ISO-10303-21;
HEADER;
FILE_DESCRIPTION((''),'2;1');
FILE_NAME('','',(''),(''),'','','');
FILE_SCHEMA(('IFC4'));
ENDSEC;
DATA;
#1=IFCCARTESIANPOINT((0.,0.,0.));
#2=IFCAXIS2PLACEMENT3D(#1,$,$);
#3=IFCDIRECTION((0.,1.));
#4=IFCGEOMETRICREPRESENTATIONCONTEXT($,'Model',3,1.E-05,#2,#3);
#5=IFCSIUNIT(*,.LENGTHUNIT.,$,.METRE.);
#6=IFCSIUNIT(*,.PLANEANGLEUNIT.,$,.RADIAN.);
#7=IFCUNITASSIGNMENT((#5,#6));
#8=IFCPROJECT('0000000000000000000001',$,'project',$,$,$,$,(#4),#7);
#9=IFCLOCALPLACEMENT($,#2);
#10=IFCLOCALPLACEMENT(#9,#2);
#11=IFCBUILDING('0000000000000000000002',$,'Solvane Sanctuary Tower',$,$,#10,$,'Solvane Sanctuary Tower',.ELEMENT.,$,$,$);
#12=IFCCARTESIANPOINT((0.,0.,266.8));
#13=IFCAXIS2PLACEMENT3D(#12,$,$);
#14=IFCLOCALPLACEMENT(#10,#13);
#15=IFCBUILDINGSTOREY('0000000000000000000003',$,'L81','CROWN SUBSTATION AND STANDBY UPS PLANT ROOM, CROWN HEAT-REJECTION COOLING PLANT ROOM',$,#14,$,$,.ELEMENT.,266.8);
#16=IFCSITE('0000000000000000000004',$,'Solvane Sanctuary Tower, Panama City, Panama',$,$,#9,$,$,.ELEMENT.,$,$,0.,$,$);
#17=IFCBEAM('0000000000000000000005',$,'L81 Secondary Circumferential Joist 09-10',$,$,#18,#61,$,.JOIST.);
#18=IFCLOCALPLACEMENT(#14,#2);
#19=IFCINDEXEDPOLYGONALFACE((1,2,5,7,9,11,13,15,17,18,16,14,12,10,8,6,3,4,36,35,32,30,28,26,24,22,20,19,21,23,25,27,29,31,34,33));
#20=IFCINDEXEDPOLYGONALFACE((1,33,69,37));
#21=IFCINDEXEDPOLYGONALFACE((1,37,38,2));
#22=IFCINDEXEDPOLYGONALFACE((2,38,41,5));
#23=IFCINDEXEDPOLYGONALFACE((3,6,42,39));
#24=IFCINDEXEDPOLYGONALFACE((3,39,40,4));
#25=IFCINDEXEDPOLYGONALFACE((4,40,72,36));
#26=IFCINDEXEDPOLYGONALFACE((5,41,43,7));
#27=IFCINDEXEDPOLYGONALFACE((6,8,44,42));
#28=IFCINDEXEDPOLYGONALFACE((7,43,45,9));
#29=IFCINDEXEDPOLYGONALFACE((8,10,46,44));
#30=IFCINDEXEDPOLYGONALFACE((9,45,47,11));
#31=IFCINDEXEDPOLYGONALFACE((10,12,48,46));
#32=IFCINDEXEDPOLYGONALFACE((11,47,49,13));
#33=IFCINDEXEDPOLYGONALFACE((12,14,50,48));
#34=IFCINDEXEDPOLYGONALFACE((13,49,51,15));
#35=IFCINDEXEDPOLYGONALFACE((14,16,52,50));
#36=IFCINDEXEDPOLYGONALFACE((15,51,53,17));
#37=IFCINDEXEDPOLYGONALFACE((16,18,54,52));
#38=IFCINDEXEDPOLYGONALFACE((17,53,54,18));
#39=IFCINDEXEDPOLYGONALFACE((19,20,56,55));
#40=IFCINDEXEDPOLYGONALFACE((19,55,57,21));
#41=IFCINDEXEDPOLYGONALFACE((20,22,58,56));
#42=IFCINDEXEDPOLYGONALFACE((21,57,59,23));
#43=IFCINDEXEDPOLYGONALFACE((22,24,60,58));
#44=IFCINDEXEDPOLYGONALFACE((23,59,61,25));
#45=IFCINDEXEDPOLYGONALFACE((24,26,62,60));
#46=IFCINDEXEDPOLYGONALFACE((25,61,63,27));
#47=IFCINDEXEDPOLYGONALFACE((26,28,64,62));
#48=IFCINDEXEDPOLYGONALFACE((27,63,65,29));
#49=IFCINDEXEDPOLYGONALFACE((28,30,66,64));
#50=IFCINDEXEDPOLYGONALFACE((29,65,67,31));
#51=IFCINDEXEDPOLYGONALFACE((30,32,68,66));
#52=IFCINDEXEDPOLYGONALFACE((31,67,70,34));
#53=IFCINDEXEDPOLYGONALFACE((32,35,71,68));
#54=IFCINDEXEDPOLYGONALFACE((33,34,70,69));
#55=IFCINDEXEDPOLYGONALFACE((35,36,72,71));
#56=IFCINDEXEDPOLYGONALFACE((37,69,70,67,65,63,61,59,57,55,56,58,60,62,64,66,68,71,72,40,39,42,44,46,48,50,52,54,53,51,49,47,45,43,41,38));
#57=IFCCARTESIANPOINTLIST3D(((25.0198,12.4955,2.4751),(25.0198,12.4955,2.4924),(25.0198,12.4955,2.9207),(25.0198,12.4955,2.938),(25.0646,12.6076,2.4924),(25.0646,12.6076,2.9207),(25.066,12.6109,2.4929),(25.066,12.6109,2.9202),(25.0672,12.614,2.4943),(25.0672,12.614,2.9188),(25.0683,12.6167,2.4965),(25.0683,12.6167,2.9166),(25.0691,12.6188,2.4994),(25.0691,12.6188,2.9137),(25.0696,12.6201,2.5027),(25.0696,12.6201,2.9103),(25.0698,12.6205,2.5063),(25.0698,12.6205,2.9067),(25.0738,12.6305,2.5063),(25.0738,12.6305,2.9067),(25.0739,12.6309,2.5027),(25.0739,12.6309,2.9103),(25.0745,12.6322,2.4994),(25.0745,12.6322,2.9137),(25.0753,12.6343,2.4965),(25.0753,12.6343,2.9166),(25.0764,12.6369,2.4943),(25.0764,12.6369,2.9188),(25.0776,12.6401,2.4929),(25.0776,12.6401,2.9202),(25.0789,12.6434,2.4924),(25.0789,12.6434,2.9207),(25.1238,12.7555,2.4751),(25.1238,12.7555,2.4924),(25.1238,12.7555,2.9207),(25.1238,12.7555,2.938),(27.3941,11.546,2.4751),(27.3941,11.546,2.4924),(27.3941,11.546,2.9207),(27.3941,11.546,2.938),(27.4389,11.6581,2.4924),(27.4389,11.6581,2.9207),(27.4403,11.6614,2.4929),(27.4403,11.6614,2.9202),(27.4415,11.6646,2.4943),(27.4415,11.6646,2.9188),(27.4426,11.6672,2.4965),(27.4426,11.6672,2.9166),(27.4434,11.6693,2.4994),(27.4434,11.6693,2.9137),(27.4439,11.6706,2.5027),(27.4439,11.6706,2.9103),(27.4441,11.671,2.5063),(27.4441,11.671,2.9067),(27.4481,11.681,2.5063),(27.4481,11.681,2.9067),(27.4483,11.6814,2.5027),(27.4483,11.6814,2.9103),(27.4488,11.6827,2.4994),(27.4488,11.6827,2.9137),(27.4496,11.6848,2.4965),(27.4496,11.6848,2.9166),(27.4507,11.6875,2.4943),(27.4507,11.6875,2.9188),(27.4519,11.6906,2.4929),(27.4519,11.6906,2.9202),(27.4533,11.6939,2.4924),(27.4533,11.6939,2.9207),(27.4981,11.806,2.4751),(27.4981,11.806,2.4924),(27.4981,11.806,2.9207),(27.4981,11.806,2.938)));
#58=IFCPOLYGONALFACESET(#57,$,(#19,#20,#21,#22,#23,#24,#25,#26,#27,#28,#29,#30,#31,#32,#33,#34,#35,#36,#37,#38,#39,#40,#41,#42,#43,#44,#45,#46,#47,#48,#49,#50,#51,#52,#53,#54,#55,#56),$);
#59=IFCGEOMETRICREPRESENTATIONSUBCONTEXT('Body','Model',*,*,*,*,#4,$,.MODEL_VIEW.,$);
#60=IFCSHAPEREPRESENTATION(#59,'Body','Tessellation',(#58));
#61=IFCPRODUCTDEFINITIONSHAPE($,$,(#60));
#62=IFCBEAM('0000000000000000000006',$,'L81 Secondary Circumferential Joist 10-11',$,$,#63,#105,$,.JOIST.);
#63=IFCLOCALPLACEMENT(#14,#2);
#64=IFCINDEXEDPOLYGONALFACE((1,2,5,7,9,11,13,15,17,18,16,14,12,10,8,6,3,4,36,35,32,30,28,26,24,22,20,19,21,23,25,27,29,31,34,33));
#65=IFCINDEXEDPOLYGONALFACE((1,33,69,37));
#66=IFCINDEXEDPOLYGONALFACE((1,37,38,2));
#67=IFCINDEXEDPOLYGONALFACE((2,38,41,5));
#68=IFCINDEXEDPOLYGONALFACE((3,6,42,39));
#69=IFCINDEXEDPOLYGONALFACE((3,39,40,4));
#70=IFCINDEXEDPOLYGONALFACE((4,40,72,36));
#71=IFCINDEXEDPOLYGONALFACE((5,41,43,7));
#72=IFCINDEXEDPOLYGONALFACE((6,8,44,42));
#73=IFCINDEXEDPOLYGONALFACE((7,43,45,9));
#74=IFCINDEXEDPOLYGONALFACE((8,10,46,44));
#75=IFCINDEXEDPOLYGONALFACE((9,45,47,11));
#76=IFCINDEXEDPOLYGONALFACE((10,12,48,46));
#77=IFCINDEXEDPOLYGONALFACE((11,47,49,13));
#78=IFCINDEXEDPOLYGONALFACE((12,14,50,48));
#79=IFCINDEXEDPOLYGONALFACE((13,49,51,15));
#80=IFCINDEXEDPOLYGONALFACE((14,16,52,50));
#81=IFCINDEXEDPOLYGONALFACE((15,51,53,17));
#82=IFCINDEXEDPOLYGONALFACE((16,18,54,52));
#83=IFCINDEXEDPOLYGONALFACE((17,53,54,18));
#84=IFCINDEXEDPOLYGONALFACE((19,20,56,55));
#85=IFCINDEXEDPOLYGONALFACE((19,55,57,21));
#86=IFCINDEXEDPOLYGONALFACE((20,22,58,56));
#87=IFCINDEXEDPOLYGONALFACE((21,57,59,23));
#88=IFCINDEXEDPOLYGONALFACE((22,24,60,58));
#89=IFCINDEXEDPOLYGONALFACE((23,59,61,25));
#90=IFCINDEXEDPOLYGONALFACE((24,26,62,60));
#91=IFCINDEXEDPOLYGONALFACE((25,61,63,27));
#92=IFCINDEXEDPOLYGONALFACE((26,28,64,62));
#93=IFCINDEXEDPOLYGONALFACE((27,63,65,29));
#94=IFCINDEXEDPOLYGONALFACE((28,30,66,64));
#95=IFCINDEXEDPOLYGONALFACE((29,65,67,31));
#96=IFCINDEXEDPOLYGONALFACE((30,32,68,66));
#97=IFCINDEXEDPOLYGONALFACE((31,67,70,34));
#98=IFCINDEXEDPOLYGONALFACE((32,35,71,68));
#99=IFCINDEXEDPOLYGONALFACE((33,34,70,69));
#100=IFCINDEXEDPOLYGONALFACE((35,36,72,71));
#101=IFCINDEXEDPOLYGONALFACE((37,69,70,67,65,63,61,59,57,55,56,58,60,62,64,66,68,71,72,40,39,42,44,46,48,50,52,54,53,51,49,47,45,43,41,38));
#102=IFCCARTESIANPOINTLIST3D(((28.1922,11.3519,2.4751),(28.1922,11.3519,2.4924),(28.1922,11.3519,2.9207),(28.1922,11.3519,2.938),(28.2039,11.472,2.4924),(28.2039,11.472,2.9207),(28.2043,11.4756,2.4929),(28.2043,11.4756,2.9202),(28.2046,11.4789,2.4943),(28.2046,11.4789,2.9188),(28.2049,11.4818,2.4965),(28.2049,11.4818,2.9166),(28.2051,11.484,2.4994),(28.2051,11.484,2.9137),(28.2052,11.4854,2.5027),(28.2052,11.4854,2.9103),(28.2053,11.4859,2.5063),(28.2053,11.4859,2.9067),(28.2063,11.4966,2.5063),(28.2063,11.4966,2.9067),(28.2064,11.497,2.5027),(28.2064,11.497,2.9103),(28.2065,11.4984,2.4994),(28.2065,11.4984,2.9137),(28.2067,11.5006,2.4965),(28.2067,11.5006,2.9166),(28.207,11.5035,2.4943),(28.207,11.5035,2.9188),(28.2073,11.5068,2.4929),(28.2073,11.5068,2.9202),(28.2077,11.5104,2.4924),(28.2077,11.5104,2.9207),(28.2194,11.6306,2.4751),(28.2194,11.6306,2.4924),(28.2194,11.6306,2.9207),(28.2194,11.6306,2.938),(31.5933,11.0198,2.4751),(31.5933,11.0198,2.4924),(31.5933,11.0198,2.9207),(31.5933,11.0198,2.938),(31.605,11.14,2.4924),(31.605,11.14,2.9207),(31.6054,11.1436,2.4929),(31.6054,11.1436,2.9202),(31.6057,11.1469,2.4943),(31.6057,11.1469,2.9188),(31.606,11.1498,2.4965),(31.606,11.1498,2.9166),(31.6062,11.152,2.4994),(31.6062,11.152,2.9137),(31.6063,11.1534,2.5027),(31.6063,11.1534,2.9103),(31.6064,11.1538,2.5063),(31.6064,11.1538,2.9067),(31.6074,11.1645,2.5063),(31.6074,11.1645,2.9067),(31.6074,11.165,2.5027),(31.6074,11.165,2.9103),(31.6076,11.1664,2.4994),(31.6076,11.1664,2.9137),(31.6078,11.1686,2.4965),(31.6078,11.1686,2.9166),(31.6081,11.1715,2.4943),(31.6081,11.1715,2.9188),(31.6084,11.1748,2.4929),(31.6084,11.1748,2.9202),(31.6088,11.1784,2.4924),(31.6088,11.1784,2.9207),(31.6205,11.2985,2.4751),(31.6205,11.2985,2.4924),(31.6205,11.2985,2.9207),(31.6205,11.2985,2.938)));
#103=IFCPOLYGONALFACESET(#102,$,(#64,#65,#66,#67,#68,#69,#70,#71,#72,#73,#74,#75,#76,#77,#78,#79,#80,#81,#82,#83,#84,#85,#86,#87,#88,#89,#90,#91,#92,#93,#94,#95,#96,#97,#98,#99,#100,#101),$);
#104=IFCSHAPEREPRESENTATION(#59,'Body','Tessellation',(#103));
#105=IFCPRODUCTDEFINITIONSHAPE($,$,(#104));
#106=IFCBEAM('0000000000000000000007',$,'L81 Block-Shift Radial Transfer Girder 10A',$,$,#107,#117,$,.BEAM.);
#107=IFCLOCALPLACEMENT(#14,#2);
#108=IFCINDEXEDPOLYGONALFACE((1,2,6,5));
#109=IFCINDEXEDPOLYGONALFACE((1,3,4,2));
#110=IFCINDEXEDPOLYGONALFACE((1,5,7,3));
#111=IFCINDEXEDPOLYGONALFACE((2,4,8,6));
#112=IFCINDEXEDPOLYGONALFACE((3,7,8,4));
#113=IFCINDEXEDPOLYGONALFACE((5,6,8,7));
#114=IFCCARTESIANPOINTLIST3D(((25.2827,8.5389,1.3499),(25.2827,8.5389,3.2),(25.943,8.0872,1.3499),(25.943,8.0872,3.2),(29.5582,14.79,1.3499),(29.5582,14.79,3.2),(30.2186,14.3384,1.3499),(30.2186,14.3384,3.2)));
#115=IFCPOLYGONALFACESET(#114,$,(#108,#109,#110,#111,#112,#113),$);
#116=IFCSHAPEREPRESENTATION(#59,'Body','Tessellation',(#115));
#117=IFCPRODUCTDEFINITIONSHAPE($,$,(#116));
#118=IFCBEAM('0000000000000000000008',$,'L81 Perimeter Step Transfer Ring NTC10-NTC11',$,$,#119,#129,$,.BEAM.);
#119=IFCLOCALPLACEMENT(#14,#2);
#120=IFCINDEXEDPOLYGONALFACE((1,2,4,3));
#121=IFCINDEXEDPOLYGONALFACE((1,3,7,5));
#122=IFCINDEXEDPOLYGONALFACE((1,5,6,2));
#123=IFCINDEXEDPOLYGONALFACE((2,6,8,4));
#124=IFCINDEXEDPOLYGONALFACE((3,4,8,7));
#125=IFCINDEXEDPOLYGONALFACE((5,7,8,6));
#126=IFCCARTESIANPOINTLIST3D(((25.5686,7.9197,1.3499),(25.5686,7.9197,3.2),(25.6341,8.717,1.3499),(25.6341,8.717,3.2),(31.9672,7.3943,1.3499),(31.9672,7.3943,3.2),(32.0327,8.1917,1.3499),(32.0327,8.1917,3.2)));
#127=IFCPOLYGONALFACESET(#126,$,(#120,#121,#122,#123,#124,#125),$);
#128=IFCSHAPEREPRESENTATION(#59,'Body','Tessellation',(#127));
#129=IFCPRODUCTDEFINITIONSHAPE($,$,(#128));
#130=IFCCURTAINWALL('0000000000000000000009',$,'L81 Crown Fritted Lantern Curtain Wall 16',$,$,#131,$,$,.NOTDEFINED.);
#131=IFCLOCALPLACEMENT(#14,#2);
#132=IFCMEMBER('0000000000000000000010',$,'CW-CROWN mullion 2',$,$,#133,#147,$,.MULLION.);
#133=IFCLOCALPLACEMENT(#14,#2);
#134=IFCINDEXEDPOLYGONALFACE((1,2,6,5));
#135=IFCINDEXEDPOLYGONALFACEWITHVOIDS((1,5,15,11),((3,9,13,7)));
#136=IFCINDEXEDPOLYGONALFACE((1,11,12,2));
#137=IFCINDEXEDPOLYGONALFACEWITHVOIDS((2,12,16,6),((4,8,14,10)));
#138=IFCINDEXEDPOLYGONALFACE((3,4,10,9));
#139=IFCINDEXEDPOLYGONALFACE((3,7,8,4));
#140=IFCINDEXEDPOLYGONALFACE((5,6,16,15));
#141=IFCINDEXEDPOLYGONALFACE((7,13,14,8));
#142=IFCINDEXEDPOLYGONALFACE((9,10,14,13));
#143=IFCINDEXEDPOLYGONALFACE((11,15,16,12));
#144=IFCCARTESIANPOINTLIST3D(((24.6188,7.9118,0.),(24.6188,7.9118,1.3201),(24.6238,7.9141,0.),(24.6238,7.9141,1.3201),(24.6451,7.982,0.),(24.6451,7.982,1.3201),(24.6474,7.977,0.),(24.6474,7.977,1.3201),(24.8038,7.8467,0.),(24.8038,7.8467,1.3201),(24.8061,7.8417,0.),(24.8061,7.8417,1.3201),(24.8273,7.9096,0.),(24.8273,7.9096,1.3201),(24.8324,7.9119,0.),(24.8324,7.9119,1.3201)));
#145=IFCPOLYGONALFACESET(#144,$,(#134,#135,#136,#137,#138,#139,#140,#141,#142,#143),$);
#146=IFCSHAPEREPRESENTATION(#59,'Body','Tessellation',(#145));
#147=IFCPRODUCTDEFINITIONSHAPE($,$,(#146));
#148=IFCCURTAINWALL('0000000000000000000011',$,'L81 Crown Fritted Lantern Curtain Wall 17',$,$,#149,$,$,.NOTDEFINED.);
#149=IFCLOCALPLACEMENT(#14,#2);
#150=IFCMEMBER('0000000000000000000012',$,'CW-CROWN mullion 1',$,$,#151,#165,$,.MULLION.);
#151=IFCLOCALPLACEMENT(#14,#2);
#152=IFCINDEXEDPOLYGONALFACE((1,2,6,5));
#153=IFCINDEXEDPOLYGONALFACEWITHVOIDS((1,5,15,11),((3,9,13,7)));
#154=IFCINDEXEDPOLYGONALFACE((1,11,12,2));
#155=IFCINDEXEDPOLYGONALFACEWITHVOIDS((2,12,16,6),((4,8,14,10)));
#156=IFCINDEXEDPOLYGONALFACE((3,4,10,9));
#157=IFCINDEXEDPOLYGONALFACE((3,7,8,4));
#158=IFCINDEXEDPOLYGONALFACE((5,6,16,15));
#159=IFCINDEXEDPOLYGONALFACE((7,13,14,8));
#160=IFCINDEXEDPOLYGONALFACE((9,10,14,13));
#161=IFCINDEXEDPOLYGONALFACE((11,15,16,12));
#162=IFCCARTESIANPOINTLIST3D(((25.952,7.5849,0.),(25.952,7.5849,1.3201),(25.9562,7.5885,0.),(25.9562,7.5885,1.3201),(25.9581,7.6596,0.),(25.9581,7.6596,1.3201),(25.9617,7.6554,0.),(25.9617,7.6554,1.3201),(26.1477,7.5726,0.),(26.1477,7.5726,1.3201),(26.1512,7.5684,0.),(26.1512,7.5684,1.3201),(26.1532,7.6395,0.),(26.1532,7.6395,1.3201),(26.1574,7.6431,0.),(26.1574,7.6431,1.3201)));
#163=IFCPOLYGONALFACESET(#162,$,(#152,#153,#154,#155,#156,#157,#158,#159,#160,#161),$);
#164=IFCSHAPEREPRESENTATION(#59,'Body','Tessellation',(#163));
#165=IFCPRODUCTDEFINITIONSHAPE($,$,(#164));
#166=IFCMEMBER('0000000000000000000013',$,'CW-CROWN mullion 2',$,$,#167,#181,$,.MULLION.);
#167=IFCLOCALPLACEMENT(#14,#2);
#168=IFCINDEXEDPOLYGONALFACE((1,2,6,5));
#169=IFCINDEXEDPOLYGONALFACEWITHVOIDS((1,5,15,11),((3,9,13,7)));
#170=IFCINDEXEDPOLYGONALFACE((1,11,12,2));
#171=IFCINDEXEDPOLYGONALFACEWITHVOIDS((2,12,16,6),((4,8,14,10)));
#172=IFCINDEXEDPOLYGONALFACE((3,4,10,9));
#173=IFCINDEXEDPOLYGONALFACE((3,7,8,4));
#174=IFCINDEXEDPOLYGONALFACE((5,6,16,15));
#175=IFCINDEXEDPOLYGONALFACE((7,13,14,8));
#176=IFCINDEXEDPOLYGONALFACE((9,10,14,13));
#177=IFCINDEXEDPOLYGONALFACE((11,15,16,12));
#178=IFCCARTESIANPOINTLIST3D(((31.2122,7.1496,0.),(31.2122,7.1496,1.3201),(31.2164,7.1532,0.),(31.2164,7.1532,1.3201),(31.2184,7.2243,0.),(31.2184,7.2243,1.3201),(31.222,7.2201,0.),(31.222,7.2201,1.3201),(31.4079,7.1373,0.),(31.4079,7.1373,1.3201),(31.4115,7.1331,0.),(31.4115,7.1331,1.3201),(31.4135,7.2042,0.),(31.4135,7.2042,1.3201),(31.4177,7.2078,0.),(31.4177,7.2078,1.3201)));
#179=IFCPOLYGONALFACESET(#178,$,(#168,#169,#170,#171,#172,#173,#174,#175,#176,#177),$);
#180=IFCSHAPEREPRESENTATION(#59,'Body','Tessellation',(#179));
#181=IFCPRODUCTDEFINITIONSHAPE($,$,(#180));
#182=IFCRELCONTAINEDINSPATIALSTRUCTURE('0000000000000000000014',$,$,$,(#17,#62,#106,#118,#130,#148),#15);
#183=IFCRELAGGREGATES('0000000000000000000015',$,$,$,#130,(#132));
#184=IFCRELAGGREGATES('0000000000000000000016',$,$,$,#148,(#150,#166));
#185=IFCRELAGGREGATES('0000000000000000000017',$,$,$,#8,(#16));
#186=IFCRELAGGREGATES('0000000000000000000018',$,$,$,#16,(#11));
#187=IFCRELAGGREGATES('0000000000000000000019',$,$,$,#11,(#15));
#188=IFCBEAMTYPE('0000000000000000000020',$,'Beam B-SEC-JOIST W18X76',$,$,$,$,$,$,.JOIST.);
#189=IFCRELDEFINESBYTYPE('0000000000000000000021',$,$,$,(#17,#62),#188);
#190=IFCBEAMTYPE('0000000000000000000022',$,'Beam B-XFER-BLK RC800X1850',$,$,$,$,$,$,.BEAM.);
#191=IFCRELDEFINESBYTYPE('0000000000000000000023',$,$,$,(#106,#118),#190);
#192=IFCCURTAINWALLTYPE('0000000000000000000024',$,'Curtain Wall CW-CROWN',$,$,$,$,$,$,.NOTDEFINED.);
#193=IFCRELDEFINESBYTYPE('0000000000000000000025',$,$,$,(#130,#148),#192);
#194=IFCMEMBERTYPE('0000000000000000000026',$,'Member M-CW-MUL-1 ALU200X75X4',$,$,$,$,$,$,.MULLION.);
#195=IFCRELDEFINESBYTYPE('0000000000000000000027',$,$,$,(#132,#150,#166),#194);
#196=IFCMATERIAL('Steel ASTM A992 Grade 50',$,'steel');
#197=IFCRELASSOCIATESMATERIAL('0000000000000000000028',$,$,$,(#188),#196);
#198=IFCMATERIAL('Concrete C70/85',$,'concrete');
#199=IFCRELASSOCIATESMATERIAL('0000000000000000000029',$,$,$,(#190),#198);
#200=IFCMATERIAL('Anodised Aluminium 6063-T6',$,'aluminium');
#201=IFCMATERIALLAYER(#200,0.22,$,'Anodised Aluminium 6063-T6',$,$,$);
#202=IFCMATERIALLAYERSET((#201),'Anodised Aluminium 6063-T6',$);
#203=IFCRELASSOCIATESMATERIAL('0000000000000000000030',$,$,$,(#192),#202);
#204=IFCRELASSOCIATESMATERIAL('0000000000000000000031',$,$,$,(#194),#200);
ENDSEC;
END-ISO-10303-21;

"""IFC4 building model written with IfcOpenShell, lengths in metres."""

from ifc_helpers import new_model, si_unit, direction, frame, origin, origin_2d, place, context, subcontext, project, spatial, rectangle, hollow_rectangle, i_section, extrude, material, layer, layer_set, material_profile, profile_set, type_object, element, aggregate, save


model = new_model("IFC4")

# Units and contexts
model_context = context("Model", 3, precision=1e-05, world=origin(), true_north=direction((0.0, 1.0)))
body_context = subcontext(model_context, "Body", "Model", "MODEL_VIEW")
ifc_project = project(units=[si_unit("LENGTHUNIT", "METRE"), si_unit("PLANEANGLEUNIT", "RADIAN")], contexts=[model_context])

# Site, building, storey
site_placement = place(None, origin())
site = spatial("IfcSite", under=ifc_project, at=site_placement, Name="Solvane Sanctuary Tower, Panama City, Panama", CompositionType="ELEMENT", RefElevation=0.0)
building_placement = place(site_placement, origin())
building = spatial("IfcBuilding", under=site, at=building_placement, Name="Solvane Sanctuary Tower", LongName="Solvane Sanctuary Tower", CompositionType="ELEMENT")
storey_placement = place(building_placement, frame((0.0, 0.0, 266.8)))
storey = spatial("IfcBuildingStorey", under=building, at=storey_placement, Name="L81", Description="CROWN SUBSTATION AND STANDBY UPS PLANT ROOM, CROWN HEAT-REJECTION COOLING PLANT ROOM", CompositionType="ELEMENT", Elevation=266.8)

# Beams
ifc_material_1 = material(Name="Steel ASTM A992 Grade 50", Category="steel")
ifc_material_profile_1 = material_profile(ifc_material_1, i_section(OverallWidth=0.28, OverallDepth=0.4629, WebThickness=0.0107, FlangeThickness=0.0173, FilletRadius=0.0139, at=origin_2d()), Name="W18X76")
ifc_profile_set_1 = profile_set([ifc_material_profile_1], Name="Steel ASTM A992 Grade 50")
beam_type_1 = type_object("IfcBeamType", Name="Beam B-SEC-JOIST W18X76", PredefinedType="JOIST", material=ifc_profile_set_1)
beam_1_placement = place(storey_placement, frame((25.0718, 12.6255, 2.7065), z_axis=(0.92851, -0.371308, 0.0), x_axis=(0.371308, 0.92851, 0.0)))
element("IfcBeam", 1, at=beam_1_placement, inside=storey, type_object=beam_type_1, Name="L81 Secondary Circumferential Joist 09-10", PredefinedType="JOIST", context=body_context, shape_type="SweptSolid", body=[
    extrude(i_section(OverallWidth=0.28, OverallDepth=0.4629, WebThickness=0.0107, FlangeThickness=0.0173, FilletRadius=0.0139, at=origin_2d()), origin(), (0.0, 0.0, 1.0), 2.5571),
])
beam_2_placement = place(storey_placement, frame((28.2058, 11.4912, 2.7065), z_axis=(0.995269, -0.097162, 0.0), x_axis=(0.097162, 0.995269, 0.0)))
element("IfcBeam", 2, at=beam_2_placement, inside=storey, type_object=beam_type_1, Name="L81 Secondary Circumferential Joist 10-11", PredefinedType="JOIST", context=body_context, shape_type="SweptSolid", body=[
    extrude(i_section(OverallWidth=0.28, OverallDepth=0.4629, WebThickness=0.0107, FlangeThickness=0.0173, FilletRadius=0.0139, at=origin_2d()), origin(), (0.0, 0.0, 1.0), 3.4172),
])
ifc_material_2 = material(Name="Concrete C70/85", Category="concrete")
ifc_material_profile_2 = material_profile(ifc_material_2, rectangle(XDim=0.8, YDim=1.8501, at=origin_2d()), Name="RC800X1850")
ifc_profile_set_2 = profile_set([ifc_material_profile_2], Name="Concrete C70/85")
beam_type_2 = type_object("IfcBeamType", Name="Beam B-XFER-BLK RC800X1850", PredefinedType="BEAM", material=ifc_profile_set_2)
beam_3_placement = place(storey_placement, frame((29.8884, 14.5642, 2.2749), z_axis=(-0.564548, -0.825401, 0.0), x_axis=(0.825401, -0.564548, 0.0)))
element("IfcBeam", 3, at=beam_3_placement, inside=storey, type_object=beam_type_2, Name="L81 Block-Shift Radial Transfer Girder 10A", PredefinedType="BEAM", context=body_context, shape_type="SweptSolid", body=[
    extrude(rectangle(XDim=0.8, YDim=1.8501, at=origin_2d()), origin(), (0.0, 0.0, 1.0), 7.5735),
])
beam_4_placement = place(storey_placement, frame((25.6013, 8.3184, 2.2749), z_axis=(0.996646, -0.081834, 0.0), x_axis=(0.081834, 0.996646, 0.0)))
element("IfcBeam", 4, at=beam_4_placement, inside=storey, type_object=beam_type_2, Name="L81 Perimeter Step Transfer Ring NTC10-NTC11", PredefinedType="BEAM", context=body_context, shape_type="SweptSolid", body=[
    extrude(rectangle(XDim=0.8, YDim=1.8501, at=origin_2d()), origin(), (0.0, 0.0, 1.0), 6.4202),
])

# Curtain wall, member
ifc_material_3 = material(Name="Anodised Aluminium 6063-T6", Category="aluminium")
ifc_layer_1 = layer(ifc_material_3, 0.22, Name="Anodised Aluminium 6063-T6")
ifc_layer_set_1 = layer_set([ifc_layer_1], Name="Anodised Aluminium 6063-T6")
curtain_wall_type = type_object("IfcCurtainWallType", Name="Curtain Wall CW-CROWN", PredefinedType="NOTDEFINED", material=ifc_layer_set_1)
curtain_wall_1_placement = place(storey_placement, origin())
curtain_wall_1 = element("IfcCurtainWall", 5, at=curtain_wall_1_placement, inside=storey, type_object=curtain_wall_type, Name="L81 Crown Fritted Lantern Curtain Wall 16", PredefinedType="NOTDEFINED")
ifc_material_profile_3 = material_profile(ifc_material_3, hollow_rectangle(XDim=0.075, YDim=0.2, WallThickness=0.0039, at=origin_2d()), Name="ALU200X75X4")
ifc_profile_set_3 = profile_set([ifc_material_profile_3], Name="Anodised Aluminium 6063-T6")
member_type_1 = type_object("IfcMemberType", Name="Member M-CW-MUL-1 ALU200X75X4", PredefinedType="MULLION", material=ifc_profile_set_3)
member_1_placement = place(storey_placement, frame((24.7256, 7.9119, 0.0), z_axis=(0.0, 0.0, 1.0), x_axis=(0.350837, 0.936437, 0.0)))
member_1 = element("IfcMember", 6, at=member_1_placement, type_object=member_type_1, Name="CW-CROWN mullion 2", PredefinedType="MULLION", context=body_context, shape_type="SweptSolid", body=[
    extrude(hollow_rectangle(XDim=0.075, YDim=0.2, WallThickness=0.0039, at=origin_2d()), origin(), (0.0, 0.0, 1.0), 1.3201),
])

# Curtain wall, members
curtain_wall_2_placement = place(storey_placement, origin())
curtain_wall_2 = element("IfcCurtainWall", 7, at=curtain_wall_2_placement, inside=storey, type_object=curtain_wall_type, Name="L81 Crown Fritted Lantern Curtain Wall 17", PredefinedType="NOTDEFINED")
member_2_placement = place(storey_placement, frame((26.0547, 7.614, 0.0), z_axis=(0.0, 0.0, 1.0), x_axis=(0.082455, 0.996595, 0.0)))
member_2 = element("IfcMember", 8, at=member_2_placement, type_object=member_type_1, Name="CW-CROWN mullion 1", PredefinedType="MULLION", context=body_context, shape_type="SweptSolid", body=[
    extrude(hollow_rectangle(XDim=0.075, YDim=0.2, WallThickness=0.0039, at=origin_2d()), origin(), (0.0, 0.0, 1.0), 1.3201),
])
member_3_placement = place(storey_placement, frame((31.3149, 7.1787, 0.0), z_axis=(0.0, 0.0, 1.0), x_axis=(0.082455, 0.996595, 0.0)))
member_3 = element("IfcMember", 9, at=member_3_placement, type_object=member_type_1, Name="CW-CROWN mullion 2", PredefinedType="MULLION", context=body_context, shape_type="SweptSolid", body=[
    extrude(hollow_rectangle(XDim=0.075, YDim=0.2, WallThickness=0.0039, at=origin_2d()), origin(), (0.0, 0.0, 1.0), 1.3201),
])

aggregate(curtain_wall_1, [member_1])
aggregate(curtain_wall_2, [member_2, member_3])

save(model, "model.ifc")
